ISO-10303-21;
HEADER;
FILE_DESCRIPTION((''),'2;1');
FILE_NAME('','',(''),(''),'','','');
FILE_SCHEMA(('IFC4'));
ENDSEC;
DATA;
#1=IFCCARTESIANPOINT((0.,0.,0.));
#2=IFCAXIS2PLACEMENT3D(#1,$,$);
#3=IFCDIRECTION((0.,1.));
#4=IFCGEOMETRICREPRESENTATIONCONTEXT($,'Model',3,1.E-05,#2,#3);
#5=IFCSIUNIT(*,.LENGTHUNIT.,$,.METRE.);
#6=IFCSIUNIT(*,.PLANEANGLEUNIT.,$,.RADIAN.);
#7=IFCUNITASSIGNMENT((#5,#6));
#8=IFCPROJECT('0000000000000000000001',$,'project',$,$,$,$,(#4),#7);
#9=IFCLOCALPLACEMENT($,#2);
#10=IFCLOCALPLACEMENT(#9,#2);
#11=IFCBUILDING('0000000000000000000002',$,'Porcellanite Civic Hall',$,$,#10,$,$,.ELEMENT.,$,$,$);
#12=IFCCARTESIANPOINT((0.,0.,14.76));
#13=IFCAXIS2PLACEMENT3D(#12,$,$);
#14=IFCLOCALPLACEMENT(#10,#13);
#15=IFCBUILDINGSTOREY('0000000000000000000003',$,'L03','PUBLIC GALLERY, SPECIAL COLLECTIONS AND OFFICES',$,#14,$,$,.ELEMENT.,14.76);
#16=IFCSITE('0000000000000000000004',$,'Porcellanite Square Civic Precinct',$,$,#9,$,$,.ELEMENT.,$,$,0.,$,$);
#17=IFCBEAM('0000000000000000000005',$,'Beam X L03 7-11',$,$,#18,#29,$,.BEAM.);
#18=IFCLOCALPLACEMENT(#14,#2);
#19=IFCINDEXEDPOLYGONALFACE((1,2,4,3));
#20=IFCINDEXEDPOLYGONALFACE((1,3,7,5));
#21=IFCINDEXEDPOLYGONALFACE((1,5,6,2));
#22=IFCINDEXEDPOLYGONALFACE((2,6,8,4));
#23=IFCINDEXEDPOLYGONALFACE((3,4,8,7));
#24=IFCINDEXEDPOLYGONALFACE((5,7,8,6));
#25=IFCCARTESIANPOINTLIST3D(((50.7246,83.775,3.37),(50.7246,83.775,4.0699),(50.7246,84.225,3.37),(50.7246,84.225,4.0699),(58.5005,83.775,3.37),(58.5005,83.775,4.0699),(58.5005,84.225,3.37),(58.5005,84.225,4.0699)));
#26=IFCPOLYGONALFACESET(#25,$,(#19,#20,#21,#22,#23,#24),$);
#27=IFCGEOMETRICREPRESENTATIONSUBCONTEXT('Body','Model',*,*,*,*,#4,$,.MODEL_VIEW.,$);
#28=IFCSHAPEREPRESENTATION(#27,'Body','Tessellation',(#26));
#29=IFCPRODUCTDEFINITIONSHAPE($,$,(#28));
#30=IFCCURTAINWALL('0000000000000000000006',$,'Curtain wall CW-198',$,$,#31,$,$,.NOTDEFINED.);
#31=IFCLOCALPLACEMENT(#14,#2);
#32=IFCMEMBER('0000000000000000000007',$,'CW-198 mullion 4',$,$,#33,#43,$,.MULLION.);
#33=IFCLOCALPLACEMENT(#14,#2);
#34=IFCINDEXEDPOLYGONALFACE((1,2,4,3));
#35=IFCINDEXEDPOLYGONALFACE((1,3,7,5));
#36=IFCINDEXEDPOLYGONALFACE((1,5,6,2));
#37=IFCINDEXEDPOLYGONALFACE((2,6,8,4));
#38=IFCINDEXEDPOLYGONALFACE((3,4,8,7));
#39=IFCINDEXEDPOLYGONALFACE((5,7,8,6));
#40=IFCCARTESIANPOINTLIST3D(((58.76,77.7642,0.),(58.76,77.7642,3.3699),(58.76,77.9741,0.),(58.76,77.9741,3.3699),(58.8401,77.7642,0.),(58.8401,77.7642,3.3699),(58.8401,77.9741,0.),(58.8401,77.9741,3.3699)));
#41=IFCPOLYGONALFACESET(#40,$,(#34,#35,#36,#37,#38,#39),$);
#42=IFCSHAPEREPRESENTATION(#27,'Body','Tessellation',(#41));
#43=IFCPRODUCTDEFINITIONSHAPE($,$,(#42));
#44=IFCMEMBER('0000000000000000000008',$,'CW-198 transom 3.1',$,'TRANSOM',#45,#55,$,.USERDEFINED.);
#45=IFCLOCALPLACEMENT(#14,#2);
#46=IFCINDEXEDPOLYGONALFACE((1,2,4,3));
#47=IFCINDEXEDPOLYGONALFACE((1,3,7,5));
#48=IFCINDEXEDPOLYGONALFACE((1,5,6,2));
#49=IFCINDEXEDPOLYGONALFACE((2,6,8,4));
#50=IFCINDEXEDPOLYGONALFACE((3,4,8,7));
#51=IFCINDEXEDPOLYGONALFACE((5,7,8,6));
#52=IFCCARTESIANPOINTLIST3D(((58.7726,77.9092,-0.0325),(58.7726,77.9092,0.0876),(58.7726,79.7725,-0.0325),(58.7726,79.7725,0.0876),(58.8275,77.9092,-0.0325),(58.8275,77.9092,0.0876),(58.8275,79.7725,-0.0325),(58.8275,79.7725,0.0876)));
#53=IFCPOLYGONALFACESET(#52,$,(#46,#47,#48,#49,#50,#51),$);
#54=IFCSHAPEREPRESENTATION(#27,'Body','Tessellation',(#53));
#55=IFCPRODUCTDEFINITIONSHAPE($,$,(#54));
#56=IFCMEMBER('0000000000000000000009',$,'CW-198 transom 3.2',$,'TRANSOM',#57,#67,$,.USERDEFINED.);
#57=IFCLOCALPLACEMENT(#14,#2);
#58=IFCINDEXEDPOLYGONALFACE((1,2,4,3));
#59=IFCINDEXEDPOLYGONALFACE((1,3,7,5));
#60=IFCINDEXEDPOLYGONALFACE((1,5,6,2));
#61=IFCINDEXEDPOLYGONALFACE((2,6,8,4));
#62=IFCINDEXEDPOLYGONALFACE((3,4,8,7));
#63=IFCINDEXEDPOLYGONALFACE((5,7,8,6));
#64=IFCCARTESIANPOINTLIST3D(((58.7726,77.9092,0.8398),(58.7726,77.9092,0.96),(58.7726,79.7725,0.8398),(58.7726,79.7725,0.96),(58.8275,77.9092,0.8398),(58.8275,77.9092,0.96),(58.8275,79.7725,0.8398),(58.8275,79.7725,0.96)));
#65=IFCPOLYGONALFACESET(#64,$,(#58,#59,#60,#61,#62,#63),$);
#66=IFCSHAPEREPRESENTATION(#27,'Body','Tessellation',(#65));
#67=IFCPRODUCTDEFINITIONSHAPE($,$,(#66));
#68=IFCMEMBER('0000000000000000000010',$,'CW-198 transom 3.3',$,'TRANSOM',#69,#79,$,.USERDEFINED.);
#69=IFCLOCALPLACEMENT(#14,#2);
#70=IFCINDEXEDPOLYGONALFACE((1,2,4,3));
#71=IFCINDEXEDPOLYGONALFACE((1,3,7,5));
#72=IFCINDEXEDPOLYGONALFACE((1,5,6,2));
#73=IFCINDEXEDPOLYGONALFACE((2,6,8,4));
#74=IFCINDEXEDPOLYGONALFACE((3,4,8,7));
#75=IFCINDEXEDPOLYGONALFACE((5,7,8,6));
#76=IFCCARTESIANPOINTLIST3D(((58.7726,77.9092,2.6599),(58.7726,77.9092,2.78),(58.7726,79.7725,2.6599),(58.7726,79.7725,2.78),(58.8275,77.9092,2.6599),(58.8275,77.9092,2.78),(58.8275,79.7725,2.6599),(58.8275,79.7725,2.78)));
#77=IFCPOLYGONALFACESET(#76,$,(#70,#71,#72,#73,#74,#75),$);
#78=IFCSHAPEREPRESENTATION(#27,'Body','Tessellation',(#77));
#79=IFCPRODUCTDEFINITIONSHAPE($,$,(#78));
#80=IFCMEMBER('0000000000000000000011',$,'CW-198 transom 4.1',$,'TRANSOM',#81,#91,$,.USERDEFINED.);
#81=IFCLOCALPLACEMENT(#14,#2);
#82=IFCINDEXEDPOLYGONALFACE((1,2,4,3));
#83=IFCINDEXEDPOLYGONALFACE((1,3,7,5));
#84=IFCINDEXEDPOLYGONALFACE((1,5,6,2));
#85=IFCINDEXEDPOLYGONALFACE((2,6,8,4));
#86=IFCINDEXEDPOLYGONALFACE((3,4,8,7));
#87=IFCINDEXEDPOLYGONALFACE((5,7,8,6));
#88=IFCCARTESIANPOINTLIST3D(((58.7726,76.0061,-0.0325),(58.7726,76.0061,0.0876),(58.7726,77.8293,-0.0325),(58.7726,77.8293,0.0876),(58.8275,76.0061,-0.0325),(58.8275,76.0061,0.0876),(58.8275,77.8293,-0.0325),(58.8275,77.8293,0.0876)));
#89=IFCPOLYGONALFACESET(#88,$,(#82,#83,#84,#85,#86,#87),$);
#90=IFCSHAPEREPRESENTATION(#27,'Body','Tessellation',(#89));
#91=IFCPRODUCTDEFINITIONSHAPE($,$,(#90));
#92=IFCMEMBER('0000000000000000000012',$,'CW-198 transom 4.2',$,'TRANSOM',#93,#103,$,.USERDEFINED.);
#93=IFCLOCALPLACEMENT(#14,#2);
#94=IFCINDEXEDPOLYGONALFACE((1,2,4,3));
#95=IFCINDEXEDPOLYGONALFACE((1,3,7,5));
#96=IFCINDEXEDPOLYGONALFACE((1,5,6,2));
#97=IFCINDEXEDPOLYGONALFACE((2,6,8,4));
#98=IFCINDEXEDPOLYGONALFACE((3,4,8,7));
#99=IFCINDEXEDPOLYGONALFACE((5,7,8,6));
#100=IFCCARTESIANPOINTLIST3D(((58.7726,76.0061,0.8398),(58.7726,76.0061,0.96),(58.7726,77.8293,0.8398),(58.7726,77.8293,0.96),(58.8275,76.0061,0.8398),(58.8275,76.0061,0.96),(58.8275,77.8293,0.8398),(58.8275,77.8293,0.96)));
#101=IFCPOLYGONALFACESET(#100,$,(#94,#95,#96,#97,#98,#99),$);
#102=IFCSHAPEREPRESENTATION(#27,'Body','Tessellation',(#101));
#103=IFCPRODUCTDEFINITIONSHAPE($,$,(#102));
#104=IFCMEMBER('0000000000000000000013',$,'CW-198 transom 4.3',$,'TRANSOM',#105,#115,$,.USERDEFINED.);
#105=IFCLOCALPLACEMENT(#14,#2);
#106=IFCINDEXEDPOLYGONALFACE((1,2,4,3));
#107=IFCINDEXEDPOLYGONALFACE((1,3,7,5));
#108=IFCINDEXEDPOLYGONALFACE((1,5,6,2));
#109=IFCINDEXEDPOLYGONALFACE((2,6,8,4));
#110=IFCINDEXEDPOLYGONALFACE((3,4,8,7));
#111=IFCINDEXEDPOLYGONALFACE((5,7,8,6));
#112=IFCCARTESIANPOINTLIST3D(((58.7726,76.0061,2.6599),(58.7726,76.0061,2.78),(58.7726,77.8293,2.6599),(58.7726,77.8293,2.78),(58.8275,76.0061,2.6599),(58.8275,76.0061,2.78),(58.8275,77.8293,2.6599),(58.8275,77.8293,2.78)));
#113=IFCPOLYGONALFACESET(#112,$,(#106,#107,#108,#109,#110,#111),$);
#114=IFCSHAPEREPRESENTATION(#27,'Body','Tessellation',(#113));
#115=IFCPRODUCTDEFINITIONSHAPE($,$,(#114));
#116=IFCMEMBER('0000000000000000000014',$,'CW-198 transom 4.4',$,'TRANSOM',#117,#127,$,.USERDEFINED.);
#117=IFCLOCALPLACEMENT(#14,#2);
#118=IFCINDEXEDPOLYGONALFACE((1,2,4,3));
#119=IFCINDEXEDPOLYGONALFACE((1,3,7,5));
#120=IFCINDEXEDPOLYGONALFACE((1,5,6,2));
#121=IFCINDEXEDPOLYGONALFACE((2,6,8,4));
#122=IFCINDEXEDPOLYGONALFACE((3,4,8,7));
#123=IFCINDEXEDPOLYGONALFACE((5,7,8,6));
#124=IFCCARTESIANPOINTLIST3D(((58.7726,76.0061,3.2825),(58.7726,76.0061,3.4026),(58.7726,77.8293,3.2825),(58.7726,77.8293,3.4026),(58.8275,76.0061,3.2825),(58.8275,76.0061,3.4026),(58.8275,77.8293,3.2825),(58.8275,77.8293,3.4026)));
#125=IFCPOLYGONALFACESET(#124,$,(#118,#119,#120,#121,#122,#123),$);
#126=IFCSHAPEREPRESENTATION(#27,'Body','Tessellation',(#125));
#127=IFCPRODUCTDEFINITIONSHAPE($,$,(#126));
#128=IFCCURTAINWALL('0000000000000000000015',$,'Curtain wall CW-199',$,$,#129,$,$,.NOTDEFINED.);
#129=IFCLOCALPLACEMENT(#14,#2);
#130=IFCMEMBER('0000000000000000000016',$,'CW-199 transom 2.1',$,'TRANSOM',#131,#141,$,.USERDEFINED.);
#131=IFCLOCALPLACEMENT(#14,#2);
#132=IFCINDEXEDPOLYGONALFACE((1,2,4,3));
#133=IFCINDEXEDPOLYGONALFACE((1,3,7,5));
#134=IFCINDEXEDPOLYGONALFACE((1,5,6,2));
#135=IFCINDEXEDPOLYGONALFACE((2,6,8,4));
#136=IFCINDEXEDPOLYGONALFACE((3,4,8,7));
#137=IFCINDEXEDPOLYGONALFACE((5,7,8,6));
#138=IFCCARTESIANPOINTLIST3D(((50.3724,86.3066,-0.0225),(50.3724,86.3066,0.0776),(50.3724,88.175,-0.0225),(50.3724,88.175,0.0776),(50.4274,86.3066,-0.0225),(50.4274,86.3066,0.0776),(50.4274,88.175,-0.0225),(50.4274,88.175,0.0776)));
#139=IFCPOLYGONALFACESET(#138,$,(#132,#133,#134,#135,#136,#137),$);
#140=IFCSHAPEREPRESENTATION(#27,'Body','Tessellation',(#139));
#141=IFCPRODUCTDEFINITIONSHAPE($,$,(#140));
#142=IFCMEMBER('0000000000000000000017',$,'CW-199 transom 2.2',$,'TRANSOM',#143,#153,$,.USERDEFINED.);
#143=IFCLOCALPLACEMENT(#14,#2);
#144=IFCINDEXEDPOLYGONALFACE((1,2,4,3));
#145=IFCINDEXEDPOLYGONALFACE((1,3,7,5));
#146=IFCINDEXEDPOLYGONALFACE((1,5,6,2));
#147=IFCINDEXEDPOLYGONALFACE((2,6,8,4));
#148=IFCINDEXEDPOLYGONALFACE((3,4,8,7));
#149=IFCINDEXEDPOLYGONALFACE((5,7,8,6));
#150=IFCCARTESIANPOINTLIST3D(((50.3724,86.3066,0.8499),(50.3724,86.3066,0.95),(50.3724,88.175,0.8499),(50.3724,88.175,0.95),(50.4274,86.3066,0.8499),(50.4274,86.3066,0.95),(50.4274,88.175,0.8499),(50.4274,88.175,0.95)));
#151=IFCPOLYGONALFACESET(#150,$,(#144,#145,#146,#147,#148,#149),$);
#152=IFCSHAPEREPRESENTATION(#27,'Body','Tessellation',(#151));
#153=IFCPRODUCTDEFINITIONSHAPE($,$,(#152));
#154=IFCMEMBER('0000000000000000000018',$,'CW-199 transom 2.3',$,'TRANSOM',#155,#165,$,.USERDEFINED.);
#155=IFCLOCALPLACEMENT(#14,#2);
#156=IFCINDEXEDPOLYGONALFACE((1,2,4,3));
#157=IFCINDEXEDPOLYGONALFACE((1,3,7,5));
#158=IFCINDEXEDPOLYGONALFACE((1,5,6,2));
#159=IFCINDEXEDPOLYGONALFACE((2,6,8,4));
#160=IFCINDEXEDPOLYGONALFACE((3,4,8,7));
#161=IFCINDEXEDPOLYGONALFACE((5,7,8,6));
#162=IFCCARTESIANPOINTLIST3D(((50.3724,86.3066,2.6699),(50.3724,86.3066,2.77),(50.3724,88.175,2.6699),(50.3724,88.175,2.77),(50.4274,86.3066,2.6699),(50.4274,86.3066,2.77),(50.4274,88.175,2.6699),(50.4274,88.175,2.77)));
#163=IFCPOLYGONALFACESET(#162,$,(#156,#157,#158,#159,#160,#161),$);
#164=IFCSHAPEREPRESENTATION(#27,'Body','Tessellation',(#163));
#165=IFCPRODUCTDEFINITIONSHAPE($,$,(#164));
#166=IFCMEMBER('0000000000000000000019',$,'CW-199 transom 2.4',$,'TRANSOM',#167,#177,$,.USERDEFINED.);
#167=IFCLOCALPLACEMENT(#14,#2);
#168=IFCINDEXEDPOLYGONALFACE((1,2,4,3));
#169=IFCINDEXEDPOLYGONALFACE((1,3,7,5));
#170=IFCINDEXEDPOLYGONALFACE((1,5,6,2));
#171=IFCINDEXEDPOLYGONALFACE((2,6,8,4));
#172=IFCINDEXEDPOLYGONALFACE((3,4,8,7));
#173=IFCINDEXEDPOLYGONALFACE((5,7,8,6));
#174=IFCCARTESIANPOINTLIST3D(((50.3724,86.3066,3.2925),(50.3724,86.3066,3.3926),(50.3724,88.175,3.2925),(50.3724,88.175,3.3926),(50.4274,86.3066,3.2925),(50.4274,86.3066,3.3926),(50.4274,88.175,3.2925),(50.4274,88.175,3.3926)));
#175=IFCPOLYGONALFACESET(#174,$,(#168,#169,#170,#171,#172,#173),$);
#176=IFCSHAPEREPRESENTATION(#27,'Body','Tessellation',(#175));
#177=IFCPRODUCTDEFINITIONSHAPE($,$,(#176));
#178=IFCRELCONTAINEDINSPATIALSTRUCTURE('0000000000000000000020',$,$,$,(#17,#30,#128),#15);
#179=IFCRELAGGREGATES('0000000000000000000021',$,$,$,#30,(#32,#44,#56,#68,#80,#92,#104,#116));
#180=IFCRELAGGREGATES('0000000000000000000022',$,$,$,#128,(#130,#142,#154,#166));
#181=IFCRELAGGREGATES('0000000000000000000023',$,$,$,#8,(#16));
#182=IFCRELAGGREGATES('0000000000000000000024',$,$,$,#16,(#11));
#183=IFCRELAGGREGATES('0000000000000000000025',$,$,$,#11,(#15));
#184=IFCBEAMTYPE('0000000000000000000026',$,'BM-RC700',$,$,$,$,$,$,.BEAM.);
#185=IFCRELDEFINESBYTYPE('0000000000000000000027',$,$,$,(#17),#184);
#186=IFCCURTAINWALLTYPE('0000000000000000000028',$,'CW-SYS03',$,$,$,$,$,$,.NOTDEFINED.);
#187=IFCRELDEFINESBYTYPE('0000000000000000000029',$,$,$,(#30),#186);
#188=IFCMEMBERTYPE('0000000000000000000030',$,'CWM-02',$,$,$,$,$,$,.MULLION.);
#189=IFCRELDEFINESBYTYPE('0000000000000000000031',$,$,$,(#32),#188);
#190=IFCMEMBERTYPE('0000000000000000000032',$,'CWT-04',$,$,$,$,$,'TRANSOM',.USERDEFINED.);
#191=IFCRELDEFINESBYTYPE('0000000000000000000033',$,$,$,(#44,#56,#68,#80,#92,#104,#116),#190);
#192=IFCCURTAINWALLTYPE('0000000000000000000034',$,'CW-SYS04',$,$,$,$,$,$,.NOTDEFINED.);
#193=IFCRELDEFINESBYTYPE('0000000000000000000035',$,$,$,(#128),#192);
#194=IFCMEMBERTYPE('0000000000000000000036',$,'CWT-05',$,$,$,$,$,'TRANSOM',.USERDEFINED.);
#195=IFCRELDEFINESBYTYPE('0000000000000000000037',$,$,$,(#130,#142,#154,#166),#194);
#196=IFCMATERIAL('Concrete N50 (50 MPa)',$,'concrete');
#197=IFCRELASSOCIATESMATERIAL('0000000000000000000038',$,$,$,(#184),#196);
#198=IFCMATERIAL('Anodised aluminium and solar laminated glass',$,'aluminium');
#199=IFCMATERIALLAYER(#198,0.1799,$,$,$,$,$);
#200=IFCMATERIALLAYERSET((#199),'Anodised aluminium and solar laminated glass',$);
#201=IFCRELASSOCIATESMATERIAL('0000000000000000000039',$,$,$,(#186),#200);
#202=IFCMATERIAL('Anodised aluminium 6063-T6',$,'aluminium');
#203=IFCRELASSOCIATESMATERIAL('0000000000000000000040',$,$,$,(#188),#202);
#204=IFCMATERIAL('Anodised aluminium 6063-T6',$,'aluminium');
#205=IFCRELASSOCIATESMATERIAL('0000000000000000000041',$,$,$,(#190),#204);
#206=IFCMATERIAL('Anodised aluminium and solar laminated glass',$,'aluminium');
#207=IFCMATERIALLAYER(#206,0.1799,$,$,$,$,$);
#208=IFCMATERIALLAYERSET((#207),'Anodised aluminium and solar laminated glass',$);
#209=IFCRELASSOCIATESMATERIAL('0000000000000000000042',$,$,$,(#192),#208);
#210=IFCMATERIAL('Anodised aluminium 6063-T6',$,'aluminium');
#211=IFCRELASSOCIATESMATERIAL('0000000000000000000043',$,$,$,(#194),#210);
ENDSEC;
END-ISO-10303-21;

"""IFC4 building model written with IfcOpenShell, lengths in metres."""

from ifc_helpers import new_model, si_unit, direction, frame, origin, origin_2d, place, context, subcontext, project, spatial, rectangle, extrude, material, layer, layer_set, material_profile, profile_set, type_object, element, aggregate, save


model = new_model("IFC4")

# Units and contexts
model_context = context("Model", 3, precision=1e-05, world=origin(), true_north=direction((0.0, 1.0)))
body_context = subcontext(model_context, "Body", "Model", "MODEL_VIEW")
ifc_project = project(units=[si_unit("LENGTHUNIT", "METRE"), si_unit("PLANEANGLEUNIT", "RADIAN")], contexts=[model_context])

# Site, building, storey
site_placement = place(None, origin())
site = spatial("IfcSite", under=ifc_project, at=site_placement, Name="Porcellanite Square Civic Precinct", CompositionType="ELEMENT", RefElevation=0.0)
building_placement = place(site_placement, origin())
building = spatial("IfcBuilding", under=site, at=building_placement, Name="Porcellanite Civic Hall", CompositionType="ELEMENT")
storey_placement = place(building_placement, frame((0.0, 0.0, 14.76)))
storey = spatial("IfcBuildingStorey", under=building, at=storey_placement, Name="L03", Description="PUBLIC GALLERY, SPECIAL COLLECTIONS AND OFFICES", CompositionType="ELEMENT", Elevation=14.76)

# Beam
ifc_material_1 = material(Name="Concrete N50 (50 MPa)", Category="concrete")
ifc_material_profile_1 = material_profile(ifc_material_1, rectangle(XDim=0.45, YDim=0.7, at=origin_2d()), Name="RC-450x700")
ifc_profile_set_1 = profile_set([ifc_material_profile_1], Name="Concrete N50 (50 MPa)")
beam_type_1 = type_object("IfcBeamType", Name="BM-RC700", PredefinedType="BEAM", material=ifc_profile_set_1)
beam_1_placement = place(storey_placement, frame((50.7246, 84.0, 3.72), z_axis=(1.0, 0.0, 0.0), x_axis=(0.0, 1.0, 0.0)))
element("IfcBeam", 1, at=beam_1_placement, inside=storey, type_object=beam_type_1, Name="Beam X L03 7-11", PredefinedType="BEAM", context=body_context, shape_type="SweptSolid", body=[
    extrude(rectangle(XDim=0.45, YDim=0.7, at=origin_2d()), origin(), (0.0, 0.0, 1.0), 7.7759),
])

# Curtain walls, members
ifc_material_2 = material(Name="Anodised aluminium and solar laminated glass", Category="aluminium")
ifc_layer_1 = layer(ifc_material_2, 0.1799)
ifc_layer_set_1 = layer_set([ifc_layer_1], Name="Anodised aluminium and solar laminated glass")
curtain_wall_type_1 = type_object("IfcCurtainWallType", Name="CW-SYS03", PredefinedType="NOTDEFINED", material=ifc_layer_set_1)
curtain_wall_1_placement = place(storey_placement, origin())
curtain_wall_1 = element("IfcCurtainWall", 2, at=curtain_wall_1_placement, inside=storey, type_object=curtain_wall_type_1, Name="Curtain wall CW-198", PredefinedType="NOTDEFINED")
ifc_material_3 = material(Name="Anodised aluminium 6063-T6", Category="aluminium")
ifc_material_profile_2 = material_profile(ifc_material_3, rectangle(XDim=0.0801, YDim=0.21, at=origin_2d()), Name="AL-80x210")
ifc_profile_set_2 = profile_set([ifc_material_profile_2], Name="Anodised aluminium 6063-T6")
member_type_1 = type_object("IfcMemberType", Name="CWM-02", PredefinedType="MULLION", material=ifc_profile_set_2)
member_1_placement = place(storey_placement, frame((58.8, 77.8691, 0.0), z_axis=(0.0, 0.0, 1.0), x_axis=(1.0, 0.0, 0.0)))
member_1 = element("IfcMember", 3, at=member_1_placement, type_object=member_type_1, Name="CW-198 mullion 4", PredefinedType="MULLION", context=body_context, shape_type="SweptSolid", body=[
    extrude(rectangle(XDim=0.0801, YDim=0.21, at=origin_2d()), origin(), (0.0, 0.0, 1.0), 3.3699),
])
ifc_material_4 = material(Name="Anodised aluminium 6063-T6", Category="aluminium")
ifc_material_profile_3 = material_profile(ifc_material_4, rectangle(XDim=0.0549, YDim=0.1201, at=origin_2d()), Name="AL-55x120")
ifc_profile_set_3 = profile_set([ifc_material_profile_3], Name="Anodised aluminium 6063-T6")
member_type_2 = type_object("IfcMemberType", Name="CWT-04", ElementType="TRANSOM", PredefinedType="USERDEFINED", material=ifc_profile_set_3)
member_2_placement = place(storey_placement, frame((58.8, 79.7725, 0.0276), z_axis=(0.0, -1.0, 0.0), x_axis=(1.0, 0.0, 0.0)))
member_2 = element("IfcMember", 4, at=member_2_placement, type_object=member_type_2, Name="CW-198 transom 3.1", ObjectType="TRANSOM", PredefinedType="USERDEFINED", context=body_context, shape_type="SweptSolid", body=[
    extrude(rectangle(XDim=0.0549, YDim=0.1201, at=origin_2d()), origin(), (0.0, 0.0, 1.0), 1.8633),
])
member_3_placement = place(storey_placement, frame((58.8, 79.7725, 0.8999), z_axis=(0.0, -1.0, 0.0), x_axis=(1.0, 0.0, 0.0)))
member_3 = element("IfcMember", 5, at=member_3_placement, type_object=member_type_2, Name="CW-198 transom 3.2", ObjectType="TRANSOM", PredefinedType="USERDEFINED", context=body_context, shape_type="SweptSolid", body=[
    extrude(rectangle(XDim=0.0549, YDim=0.1201, at=origin_2d()), origin(), (0.0, 0.0, 1.0), 1.8633),
])
member_4_placement = place(storey_placement, frame((58.8, 79.7725, 2.72), z_axis=(0.0, -1.0, 0.0), x_axis=(1.0, 0.0, 0.0)))
member_4 = element("IfcMember", 6, at=member_4_placement, type_object=member_type_2, Name="CW-198 transom 3.3", ObjectType="TRANSOM", PredefinedType="USERDEFINED", context=body_context, shape_type="SweptSolid", body=[
    extrude(rectangle(XDim=0.0549, YDim=0.1201, at=origin_2d()), origin(), (0.0, 0.0, 1.0), 1.8633),
])
member_5_placement = place(storey_placement, frame((58.8, 77.8293, 0.0276), z_axis=(0.0, -1.0, 0.0), x_axis=(1.0, 0.0, 0.0)))
member_5 = element("IfcMember", 7, at=member_5_placement, type_object=member_type_2, Name="CW-198 transom 4.1", ObjectType="TRANSOM", PredefinedType="USERDEFINED", context=body_context, shape_type="SweptSolid", body=[
    extrude(rectangle(XDim=0.0549, YDim=0.1201, at=origin_2d()), origin(), (0.0, 0.0, 1.0), 1.8232),
])
member_6_placement = place(storey_placement, frame((58.8, 77.8293, 0.8999), z_axis=(0.0, -1.0, 0.0), x_axis=(1.0, 0.0, 0.0)))
member_6 = element("IfcMember", 8, at=member_6_placement, type_object=member_type_2, Name="CW-198 transom 4.2", ObjectType="TRANSOM", PredefinedType="USERDEFINED", context=body_context, shape_type="SweptSolid", body=[
    extrude(rectangle(XDim=0.0549, YDim=0.1201, at=origin_2d()), origin(), (0.0, 0.0, 1.0), 1.8232),
])
member_7_placement = place(storey_placement, frame((58.8, 77.8293, 2.72), z_axis=(0.0, -1.0, 0.0), x_axis=(1.0, 0.0, 0.0)))
member_7 = element("IfcMember", 9, at=member_7_placement, type_object=member_type_2, Name="CW-198 transom 4.3", ObjectType="TRANSOM", PredefinedType="USERDEFINED", context=body_context, shape_type="SweptSolid", body=[
    extrude(rectangle(XDim=0.0549, YDim=0.1201, at=origin_2d()), origin(), (0.0, 0.0, 1.0), 1.8232),
])
member_8_placement = place(storey_placement, frame((58.8, 77.8293, 3.3425), z_axis=(0.0, -1.0, 0.0), x_axis=(1.0, 0.0, 0.0)))
member_8 = element("IfcMember", 10, at=member_8_placement, type_object=member_type_2, Name="CW-198 transom 4.4", ObjectType="TRANSOM", PredefinedType="USERDEFINED", context=body_context, shape_type="SweptSolid", body=[
    extrude(rectangle(XDim=0.0549, YDim=0.1201, at=origin_2d()), origin(), (0.0, 0.0, 1.0), 1.8232),
])
ifc_material_5 = material(Name="Anodised aluminium and solar laminated glass", Category="aluminium")
ifc_layer_2 = layer(ifc_material_5, 0.1799)
ifc_layer_set_2 = layer_set([ifc_layer_2], Name="Anodised aluminium and solar laminated glass")
curtain_wall_type_2 = type_object("IfcCurtainWallType", Name="CW-SYS04", PredefinedType="NOTDEFINED", material=ifc_layer_set_2)
curtain_wall_2_placement = place(storey_placement, origin())
curtain_wall_2 = element("IfcCurtainWall", 11, at=curtain_wall_2_placement, inside=storey, type_object=curtain_wall_type_2, Name="Curtain wall CW-199", PredefinedType="NOTDEFINED")
ifc_material_6 = material(Name="Anodised aluminium 6063-T6", Category="aluminium")
ifc_material_profile_4 = material_profile(ifc_material_6, rectangle(XDim=0.0549, YDim=0.1001, at=origin_2d()), Name="AL-55x100")
ifc_profile_set_4 = profile_set([ifc_material_profile_4], Name="Anodised aluminium 6063-T6")
member_type_3 = type_object("IfcMemberType", Name="CWT-05", ElementType="TRANSOM", PredefinedType="USERDEFINED", material=ifc_profile_set_4)
member_9_placement = place(storey_placement, frame((50.3999, 86.3066, 0.0276), z_axis=(0.0, 1.0, 0.0), x_axis=(-1.0, 0.0, 0.0)))
member_9 = element("IfcMember", 12, at=member_9_placement, type_object=member_type_3, Name="CW-199 transom 2.1", ObjectType="TRANSOM", PredefinedType="USERDEFINED", context=body_context, shape_type="SweptSolid", body=[
    extrude(rectangle(XDim=0.0549, YDim=0.1001, at=origin_2d()), origin(), (0.0, 0.0, 1.0), 1.8684),
])
member_10_placement = place(storey_placement, frame((50.3999, 86.3066, 0.8999), z_axis=(0.0, 1.0, 0.0), x_axis=(-1.0, 0.0, 0.0)))
member_10 = element("IfcMember", 13, at=member_10_placement, type_object=member_type_3, Name="CW-199 transom 2.2", ObjectType="TRANSOM", PredefinedType="USERDEFINED", context=body_context, shape_type="SweptSolid", body=[
    extrude(rectangle(XDim=0.0549, YDim=0.1001, at=origin_2d()), origin(), (0.0, 0.0, 1.0), 1.8684),
])
member_11_placement = place(storey_placement, frame((50.3999, 86.3066, 2.72), z_axis=(0.0, 1.0, 0.0), x_axis=(-1.0, 0.0, 0.0)))
member_11 = element("IfcMember", 14, at=member_11_placement, type_object=member_type_3, Name="CW-199 transom 2.3", ObjectType="TRANSOM", PredefinedType="USERDEFINED", context=body_context, shape_type="SweptSolid", body=[
    extrude(rectangle(XDim=0.0549, YDim=0.1001, at=origin_2d()), origin(), (0.0, 0.0, 1.0), 1.8684),
])
member_12_placement = place(storey_placement, frame((50.3999, 86.3066, 3.3425), z_axis=(0.0, 1.0, 0.0), x_axis=(-1.0, 0.0, 0.0)))
member_12 = element("IfcMember", 15, at=member_12_placement, type_object=member_type_3, Name="CW-199 transom 2.4", ObjectType="TRANSOM", PredefinedType="USERDEFINED", context=body_context, shape_type="SweptSolid", body=[
    extrude(rectangle(XDim=0.0549, YDim=0.1001, at=origin_2d()), origin(), (0.0, 0.0, 1.0), 1.8684),
])

aggregate(curtain_wall_1, [member_1, member_2, member_3, member_4, member_5, member_6, member_7, member_8])
aggregate(curtain_wall_2, [member_9, member_10, member_11, member_12])

save(model, "model.ifc")
